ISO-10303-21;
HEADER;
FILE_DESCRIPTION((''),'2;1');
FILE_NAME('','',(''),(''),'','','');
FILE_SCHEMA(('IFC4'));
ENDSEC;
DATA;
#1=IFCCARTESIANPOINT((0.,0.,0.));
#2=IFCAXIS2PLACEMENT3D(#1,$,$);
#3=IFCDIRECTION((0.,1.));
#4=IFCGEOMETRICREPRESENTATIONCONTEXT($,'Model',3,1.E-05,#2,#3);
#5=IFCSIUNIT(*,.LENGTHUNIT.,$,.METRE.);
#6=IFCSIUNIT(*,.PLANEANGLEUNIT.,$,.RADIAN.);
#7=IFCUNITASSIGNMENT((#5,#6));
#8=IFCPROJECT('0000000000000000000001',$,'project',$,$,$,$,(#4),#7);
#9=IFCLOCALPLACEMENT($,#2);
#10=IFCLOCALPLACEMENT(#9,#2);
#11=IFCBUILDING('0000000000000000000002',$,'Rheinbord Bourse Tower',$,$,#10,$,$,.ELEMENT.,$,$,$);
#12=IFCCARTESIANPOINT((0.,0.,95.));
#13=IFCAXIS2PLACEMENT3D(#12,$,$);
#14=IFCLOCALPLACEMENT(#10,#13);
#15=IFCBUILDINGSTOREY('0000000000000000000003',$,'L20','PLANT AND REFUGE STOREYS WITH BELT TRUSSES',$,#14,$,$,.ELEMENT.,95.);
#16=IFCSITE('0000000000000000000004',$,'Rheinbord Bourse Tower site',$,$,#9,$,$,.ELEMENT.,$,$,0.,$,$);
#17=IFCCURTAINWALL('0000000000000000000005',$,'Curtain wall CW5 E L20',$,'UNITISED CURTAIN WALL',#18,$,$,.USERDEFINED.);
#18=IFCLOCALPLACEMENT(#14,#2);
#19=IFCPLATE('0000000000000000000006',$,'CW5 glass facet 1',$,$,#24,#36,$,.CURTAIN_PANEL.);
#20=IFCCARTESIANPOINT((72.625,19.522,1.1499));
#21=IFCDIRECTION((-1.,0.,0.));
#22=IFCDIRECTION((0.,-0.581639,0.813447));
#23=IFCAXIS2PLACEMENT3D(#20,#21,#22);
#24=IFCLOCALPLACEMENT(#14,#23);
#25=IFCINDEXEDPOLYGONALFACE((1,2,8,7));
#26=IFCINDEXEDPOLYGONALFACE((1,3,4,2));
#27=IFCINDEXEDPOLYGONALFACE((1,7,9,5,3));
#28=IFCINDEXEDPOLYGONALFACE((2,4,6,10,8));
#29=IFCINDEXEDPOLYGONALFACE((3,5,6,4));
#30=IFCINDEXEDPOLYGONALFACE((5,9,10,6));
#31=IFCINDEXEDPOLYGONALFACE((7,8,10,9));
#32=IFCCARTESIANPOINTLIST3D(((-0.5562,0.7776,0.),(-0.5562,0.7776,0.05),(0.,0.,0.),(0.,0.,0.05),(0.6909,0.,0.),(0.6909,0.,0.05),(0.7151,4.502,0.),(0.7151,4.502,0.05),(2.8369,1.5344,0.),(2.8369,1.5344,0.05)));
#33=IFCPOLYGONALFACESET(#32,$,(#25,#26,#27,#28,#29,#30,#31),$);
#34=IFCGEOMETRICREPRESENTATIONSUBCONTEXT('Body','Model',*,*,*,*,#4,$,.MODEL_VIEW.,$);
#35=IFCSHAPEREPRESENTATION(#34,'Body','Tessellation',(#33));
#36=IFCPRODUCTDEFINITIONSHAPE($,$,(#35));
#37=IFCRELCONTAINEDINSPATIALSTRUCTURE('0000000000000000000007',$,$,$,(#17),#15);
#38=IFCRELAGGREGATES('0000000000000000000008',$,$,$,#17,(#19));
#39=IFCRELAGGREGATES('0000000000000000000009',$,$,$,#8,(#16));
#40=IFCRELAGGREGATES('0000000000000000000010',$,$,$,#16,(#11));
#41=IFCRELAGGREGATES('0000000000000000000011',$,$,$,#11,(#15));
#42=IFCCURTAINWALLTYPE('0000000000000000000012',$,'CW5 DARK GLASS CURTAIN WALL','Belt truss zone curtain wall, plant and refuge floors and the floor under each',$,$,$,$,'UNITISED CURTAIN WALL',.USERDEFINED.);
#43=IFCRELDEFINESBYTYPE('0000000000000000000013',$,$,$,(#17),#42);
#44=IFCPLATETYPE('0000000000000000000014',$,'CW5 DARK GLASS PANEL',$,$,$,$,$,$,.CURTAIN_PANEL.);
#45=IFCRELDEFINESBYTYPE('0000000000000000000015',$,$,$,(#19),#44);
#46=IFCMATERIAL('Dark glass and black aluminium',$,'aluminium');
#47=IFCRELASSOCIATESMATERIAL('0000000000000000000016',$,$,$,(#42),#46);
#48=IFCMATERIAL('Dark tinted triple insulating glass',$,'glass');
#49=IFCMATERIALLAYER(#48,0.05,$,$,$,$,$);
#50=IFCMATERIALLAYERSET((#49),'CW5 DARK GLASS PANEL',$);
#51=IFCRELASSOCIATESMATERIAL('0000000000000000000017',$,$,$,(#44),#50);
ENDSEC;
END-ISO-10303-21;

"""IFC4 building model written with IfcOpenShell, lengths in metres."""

from ifc_helpers import new_model, si_unit, direction, frame, origin, place, context, subcontext, project, spatial, polyline, outline, extrude, material, layer, layer_set, type_object, element, aggregate, save


model = new_model("IFC4")

# Units and contexts
model_context = context("Model", 3, precision=1e-05, world=origin(), true_north=direction((0.0, 1.0)))
body_context = subcontext(model_context, "Body", "Model", "MODEL_VIEW")
ifc_project = project(units=[si_unit("LENGTHUNIT", "METRE"), si_unit("PLANEANGLEUNIT", "RADIAN")], contexts=[model_context])

# Site, building, storey
site_placement = place(None, origin())
site = spatial("IfcSite", under=ifc_project, at=site_placement, Name="Rheinbord Bourse Tower site", CompositionType="ELEMENT", RefElevation=0.0)
building_placement = place(site_placement, origin())
building = spatial("IfcBuilding", under=site, at=building_placement, Name="Rheinbord Bourse Tower", CompositionType="ELEMENT")
storey_placement = place(building_placement, frame((0.0, 0.0, 95.0)))
storey = spatial("IfcBuildingStorey", under=building, at=storey_placement, Name="L20", Description="PLANT AND REFUGE STOREYS WITH BELT TRUSSES", CompositionType="ELEMENT", Elevation=95.0)

# Curtain wall, plate
ifc_material_1 = material(Name="Dark glass and black aluminium", Category="aluminium")
curtain_wall_type = type_object("IfcCurtainWallType", Name="CW5 DARK GLASS CURTAIN WALL", Description="Belt truss zone curtain wall, plant and refuge floors and the floor under each", ElementType="UNITISED CURTAIN WALL", PredefinedType="USERDEFINED", material=ifc_material_1)
curtain_wall_placement = place(storey_placement, origin())
curtain_wall = element("IfcCurtainWall", 1, at=curtain_wall_placement, inside=storey, type_object=curtain_wall_type, Name="Curtain wall CW5 E L20", ObjectType="UNITISED CURTAIN WALL", PredefinedType="USERDEFINED")
ifc_material_2 = material(Name="Dark tinted triple insulating glass", Category="glass")
ifc_layer_1 = layer(ifc_material_2, 0.05)
ifc_layer_set_1 = layer_set([ifc_layer_1], Name="CW5 DARK GLASS PANEL")
plate_type = type_object("IfcPlateType", Name="CW5 DARK GLASS PANEL", PredefinedType="CURTAIN_PANEL", material=ifc_layer_set_1)
plate_1_placement = place(storey_placement, frame((72.625, 19.522, 1.1499), z_axis=(-1.0, 0.0, 0.0), x_axis=(0.0, -0.581639, 0.813447)))
plate_1 = element("IfcPlate", 2, at=plate_1_placement, type_object=plate_type, Name="CW5 glass facet 1", PredefinedType="CURTAIN_PANEL", context=body_context, shape_type="SweptSolid", body=[
    extrude(outline(polyline([(0.0, 0.0), (0.6909, 0.0), (2.8369, 1.5344), (0.7151, 4.502), (-0.5562, 0.7776), (0.0, 0.0)])), origin(), (0.0, 0.0, 1.0), 0.05),
])
aggregate(curtain_wall, [plate_1])

save(model, "model.ifc")
